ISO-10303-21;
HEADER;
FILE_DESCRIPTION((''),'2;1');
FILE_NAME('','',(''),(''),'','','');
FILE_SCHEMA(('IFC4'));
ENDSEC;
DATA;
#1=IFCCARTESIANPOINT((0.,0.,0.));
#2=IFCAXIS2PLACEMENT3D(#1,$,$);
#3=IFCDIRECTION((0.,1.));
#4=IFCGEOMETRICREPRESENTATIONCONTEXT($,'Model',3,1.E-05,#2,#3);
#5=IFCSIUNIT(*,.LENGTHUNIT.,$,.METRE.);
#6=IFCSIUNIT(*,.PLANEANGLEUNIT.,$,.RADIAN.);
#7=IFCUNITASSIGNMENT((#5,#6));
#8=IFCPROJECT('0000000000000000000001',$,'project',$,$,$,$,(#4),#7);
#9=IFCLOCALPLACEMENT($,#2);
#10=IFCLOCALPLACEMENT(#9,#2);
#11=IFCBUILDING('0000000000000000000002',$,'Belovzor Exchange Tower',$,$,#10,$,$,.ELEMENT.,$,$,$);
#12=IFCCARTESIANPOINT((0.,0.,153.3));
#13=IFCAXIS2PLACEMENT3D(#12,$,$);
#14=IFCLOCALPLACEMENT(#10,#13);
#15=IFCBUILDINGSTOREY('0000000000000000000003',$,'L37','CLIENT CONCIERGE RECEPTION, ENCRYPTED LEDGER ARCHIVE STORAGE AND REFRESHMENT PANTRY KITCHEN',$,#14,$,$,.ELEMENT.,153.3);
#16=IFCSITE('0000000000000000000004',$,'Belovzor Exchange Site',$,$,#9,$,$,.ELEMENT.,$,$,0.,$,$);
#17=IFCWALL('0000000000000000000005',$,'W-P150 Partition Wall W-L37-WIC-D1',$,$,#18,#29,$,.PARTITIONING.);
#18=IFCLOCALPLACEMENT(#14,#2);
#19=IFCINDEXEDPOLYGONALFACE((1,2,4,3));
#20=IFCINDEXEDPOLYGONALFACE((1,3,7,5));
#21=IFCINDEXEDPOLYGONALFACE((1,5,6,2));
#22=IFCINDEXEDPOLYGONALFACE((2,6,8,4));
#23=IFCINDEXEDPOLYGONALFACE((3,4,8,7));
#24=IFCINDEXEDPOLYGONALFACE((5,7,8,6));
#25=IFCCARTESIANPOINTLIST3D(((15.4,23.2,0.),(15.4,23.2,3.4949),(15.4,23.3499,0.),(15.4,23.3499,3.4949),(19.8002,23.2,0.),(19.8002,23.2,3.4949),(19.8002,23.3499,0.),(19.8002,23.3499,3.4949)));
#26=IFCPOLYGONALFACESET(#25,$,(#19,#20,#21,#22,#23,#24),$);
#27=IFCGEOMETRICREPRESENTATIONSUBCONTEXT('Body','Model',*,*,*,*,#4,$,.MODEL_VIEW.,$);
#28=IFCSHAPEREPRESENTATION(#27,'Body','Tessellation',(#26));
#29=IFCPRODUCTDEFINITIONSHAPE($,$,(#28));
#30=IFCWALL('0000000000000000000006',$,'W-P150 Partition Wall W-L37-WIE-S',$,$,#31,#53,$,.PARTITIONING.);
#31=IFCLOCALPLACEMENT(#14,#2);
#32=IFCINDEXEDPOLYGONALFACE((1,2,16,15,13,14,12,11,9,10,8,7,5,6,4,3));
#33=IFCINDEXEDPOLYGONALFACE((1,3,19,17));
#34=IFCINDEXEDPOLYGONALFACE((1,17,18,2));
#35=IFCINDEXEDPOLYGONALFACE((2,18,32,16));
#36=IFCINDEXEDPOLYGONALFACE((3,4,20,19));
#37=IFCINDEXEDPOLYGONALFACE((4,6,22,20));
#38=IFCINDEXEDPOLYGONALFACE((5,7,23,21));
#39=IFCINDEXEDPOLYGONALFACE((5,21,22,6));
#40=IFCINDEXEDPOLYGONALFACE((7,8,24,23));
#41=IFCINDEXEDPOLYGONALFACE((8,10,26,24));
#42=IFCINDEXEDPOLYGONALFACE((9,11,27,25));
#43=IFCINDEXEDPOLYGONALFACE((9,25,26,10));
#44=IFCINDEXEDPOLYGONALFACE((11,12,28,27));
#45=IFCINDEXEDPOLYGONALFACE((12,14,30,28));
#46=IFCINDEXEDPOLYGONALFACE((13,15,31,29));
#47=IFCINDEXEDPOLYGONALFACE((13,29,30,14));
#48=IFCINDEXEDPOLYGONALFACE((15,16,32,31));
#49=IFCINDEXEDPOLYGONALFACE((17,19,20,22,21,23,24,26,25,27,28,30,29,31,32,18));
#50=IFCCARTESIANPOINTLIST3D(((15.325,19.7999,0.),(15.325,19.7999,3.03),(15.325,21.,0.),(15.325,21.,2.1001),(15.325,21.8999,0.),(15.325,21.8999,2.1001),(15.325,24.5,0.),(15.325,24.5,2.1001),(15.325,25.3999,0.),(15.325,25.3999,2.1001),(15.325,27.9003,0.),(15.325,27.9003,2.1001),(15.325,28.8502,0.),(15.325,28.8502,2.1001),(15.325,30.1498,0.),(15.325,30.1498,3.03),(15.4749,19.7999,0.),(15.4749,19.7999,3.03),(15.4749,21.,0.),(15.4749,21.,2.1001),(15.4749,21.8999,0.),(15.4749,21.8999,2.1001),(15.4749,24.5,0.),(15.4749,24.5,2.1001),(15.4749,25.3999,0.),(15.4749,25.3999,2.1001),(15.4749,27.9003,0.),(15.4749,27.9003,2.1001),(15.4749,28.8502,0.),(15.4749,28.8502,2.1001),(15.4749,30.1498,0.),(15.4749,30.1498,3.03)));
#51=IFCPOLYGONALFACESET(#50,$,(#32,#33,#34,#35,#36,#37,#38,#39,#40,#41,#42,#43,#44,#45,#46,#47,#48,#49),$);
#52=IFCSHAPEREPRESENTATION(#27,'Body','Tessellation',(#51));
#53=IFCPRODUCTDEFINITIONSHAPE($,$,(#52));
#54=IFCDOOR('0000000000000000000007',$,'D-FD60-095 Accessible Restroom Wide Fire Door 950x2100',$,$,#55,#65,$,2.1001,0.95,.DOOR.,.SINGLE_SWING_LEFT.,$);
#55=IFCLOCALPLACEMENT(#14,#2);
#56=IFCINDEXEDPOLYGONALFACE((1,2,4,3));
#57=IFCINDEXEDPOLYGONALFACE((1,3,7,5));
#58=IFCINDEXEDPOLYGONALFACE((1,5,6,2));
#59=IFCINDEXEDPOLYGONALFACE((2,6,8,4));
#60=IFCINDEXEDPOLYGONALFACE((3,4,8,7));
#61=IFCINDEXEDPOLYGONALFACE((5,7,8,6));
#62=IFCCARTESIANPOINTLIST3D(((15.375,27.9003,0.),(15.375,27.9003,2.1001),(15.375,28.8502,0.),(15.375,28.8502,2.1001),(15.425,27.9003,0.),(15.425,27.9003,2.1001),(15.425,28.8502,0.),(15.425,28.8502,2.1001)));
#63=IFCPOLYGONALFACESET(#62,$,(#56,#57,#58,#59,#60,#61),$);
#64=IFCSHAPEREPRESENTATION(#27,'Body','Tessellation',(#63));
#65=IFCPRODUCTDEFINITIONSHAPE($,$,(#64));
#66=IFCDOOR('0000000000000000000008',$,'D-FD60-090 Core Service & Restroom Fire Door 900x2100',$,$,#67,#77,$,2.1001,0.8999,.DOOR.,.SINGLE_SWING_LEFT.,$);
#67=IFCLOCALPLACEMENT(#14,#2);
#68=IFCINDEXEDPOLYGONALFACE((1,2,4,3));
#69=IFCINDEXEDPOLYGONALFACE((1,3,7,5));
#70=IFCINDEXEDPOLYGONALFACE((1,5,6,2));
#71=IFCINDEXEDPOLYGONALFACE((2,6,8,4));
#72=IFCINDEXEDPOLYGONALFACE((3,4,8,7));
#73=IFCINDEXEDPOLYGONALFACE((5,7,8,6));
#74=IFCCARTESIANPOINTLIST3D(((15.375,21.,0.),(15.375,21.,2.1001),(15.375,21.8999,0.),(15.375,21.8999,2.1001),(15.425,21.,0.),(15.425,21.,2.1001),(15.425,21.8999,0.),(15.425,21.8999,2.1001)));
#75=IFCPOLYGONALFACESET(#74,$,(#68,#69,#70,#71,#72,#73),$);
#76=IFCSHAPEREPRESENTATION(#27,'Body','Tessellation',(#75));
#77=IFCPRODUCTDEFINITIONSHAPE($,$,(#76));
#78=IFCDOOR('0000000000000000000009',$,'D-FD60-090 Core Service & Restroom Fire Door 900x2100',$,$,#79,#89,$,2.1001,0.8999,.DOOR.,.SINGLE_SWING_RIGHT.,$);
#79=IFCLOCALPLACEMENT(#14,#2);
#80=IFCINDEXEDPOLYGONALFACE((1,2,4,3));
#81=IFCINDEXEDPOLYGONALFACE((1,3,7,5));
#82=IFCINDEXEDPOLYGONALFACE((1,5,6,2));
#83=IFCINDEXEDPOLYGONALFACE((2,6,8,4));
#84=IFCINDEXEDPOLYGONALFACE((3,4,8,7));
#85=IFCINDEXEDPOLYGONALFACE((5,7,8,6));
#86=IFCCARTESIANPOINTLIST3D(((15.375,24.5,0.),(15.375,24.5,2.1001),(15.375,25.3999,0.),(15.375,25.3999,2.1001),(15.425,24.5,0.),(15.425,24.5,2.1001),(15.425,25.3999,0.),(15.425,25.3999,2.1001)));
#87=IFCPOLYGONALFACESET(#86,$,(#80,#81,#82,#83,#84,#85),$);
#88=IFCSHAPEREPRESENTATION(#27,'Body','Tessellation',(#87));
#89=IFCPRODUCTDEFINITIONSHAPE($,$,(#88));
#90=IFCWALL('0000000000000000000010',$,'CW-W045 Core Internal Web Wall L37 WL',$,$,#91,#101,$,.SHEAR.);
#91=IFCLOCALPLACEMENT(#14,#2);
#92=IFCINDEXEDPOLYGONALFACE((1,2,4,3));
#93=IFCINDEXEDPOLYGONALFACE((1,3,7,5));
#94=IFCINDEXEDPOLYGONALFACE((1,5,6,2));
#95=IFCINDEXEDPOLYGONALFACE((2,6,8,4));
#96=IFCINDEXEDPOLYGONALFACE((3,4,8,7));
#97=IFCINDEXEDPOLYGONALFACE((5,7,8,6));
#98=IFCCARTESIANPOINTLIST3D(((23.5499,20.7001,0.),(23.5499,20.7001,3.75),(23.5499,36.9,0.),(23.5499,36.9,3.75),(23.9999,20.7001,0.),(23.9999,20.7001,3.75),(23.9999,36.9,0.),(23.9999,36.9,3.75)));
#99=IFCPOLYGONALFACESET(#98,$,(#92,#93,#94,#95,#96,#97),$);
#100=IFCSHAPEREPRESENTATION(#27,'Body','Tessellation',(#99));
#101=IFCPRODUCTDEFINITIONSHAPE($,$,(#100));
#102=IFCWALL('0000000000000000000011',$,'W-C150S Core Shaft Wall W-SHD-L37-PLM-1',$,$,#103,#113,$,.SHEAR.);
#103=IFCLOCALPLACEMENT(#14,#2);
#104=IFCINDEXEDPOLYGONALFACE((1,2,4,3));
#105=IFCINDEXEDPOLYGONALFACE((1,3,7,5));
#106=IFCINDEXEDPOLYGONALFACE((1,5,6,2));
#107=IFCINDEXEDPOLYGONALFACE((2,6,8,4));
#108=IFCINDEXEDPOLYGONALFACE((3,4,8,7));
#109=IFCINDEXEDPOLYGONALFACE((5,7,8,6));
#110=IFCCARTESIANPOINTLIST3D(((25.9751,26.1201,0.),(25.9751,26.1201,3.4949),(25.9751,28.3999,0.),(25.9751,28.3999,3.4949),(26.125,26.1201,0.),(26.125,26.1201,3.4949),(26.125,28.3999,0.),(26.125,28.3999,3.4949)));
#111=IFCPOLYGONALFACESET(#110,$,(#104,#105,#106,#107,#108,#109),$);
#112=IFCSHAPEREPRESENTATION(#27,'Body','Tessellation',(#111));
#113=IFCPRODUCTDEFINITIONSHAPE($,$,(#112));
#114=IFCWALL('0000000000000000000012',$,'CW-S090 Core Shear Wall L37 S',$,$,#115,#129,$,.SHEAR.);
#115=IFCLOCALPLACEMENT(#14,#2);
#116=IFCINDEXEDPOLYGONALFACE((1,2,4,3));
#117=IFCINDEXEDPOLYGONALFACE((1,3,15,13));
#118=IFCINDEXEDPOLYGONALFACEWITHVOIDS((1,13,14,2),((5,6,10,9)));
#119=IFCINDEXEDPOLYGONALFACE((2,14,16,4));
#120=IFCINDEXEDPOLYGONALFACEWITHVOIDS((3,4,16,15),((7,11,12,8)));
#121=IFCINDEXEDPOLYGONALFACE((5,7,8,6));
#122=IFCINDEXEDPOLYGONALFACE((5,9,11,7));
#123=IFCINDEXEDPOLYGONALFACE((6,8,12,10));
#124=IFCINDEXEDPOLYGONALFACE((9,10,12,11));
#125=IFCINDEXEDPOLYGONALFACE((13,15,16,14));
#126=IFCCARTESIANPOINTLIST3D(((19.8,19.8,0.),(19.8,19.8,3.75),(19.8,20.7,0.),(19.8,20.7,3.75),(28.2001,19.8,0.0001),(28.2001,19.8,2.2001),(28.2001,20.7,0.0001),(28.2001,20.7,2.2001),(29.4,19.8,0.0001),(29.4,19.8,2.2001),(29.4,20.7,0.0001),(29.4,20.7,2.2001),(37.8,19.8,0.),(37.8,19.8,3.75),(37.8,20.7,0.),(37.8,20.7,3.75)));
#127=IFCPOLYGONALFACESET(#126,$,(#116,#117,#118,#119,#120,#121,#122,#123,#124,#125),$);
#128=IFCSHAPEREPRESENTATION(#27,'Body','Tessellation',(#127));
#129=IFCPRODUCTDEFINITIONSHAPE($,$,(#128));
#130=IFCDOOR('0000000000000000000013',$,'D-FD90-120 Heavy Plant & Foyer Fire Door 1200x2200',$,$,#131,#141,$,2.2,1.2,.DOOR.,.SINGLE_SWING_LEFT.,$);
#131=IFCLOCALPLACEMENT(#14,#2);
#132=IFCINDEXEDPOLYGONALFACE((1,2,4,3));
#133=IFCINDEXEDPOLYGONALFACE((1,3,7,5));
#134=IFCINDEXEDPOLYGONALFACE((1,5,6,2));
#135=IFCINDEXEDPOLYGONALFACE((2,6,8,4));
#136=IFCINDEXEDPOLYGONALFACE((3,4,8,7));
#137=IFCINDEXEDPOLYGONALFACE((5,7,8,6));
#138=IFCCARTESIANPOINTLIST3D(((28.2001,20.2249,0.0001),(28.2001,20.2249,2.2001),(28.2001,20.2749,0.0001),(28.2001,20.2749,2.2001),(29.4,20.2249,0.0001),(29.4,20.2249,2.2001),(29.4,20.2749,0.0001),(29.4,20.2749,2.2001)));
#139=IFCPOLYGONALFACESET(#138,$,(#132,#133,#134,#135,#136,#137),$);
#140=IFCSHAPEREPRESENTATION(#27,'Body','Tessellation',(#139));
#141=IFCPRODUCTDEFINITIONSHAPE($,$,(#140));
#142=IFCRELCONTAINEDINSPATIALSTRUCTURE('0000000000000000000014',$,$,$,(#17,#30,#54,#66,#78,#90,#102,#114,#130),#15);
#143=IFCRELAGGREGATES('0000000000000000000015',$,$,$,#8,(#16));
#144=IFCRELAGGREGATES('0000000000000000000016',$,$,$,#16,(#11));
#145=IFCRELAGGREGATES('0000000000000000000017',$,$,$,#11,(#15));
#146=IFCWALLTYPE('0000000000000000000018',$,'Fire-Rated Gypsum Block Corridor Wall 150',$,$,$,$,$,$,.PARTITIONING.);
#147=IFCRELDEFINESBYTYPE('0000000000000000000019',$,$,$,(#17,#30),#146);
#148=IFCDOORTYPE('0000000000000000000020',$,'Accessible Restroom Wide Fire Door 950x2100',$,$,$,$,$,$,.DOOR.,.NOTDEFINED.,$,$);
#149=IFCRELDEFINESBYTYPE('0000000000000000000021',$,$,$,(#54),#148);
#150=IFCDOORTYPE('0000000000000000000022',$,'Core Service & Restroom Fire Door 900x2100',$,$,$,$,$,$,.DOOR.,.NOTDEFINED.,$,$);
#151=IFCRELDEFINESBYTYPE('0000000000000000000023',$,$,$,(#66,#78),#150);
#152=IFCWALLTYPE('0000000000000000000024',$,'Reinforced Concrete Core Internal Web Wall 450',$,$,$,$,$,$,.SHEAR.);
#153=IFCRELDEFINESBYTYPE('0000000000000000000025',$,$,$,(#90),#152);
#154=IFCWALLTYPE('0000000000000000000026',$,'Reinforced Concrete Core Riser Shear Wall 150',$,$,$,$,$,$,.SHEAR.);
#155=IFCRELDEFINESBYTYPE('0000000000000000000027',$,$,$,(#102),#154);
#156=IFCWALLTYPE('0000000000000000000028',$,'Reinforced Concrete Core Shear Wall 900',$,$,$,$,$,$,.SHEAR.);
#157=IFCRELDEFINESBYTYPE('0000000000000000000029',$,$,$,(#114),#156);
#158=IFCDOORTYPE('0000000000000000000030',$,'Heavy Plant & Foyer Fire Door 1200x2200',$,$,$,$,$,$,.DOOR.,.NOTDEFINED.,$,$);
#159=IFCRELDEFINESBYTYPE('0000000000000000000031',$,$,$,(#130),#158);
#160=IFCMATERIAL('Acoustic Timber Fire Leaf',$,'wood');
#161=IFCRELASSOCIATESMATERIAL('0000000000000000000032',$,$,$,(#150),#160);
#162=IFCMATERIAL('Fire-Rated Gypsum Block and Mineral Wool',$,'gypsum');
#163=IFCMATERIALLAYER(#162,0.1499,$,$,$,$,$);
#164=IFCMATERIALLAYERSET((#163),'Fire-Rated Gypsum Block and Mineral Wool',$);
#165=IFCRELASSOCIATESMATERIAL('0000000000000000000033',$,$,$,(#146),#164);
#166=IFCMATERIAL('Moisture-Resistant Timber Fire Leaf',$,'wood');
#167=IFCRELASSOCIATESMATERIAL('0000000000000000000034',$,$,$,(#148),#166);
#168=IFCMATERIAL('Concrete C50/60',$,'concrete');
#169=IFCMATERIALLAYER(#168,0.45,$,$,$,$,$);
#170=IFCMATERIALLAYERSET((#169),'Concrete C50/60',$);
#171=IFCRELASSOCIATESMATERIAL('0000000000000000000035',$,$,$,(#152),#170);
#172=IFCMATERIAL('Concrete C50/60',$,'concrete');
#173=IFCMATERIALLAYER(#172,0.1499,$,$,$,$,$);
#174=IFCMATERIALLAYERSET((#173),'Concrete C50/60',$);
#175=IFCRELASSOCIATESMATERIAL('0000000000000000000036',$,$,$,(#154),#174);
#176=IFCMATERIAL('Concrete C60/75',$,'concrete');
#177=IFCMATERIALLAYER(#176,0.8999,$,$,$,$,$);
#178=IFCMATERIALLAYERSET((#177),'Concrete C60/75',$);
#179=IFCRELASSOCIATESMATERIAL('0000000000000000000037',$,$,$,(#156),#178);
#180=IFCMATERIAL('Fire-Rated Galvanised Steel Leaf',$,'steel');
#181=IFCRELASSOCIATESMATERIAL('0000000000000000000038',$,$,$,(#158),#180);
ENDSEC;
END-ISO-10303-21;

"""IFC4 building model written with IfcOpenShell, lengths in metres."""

from ifc_helpers import new_model, si_unit, direction, frame, frame_2d, origin, place, context, subcontext, project, spatial, rectangle, extrude, material, layer, layer_set, type_object, element, fill, save


model = new_model("IFC4")

# Units and contexts
model_context = context("Model", 3, precision=1e-05, world=origin(), true_north=direction((0.0, 1.0)))
body_context = subcontext(model_context, "Body", "Model", "MODEL_VIEW")
ifc_project = project(units=[si_unit("LENGTHUNIT", "METRE"), si_unit("PLANEANGLEUNIT", "RADIAN")], contexts=[model_context])

# Site, building, storey
site_placement = place(None, origin())
site = spatial("IfcSite", under=ifc_project, at=site_placement, Name="Belovzor Exchange Site", CompositionType="ELEMENT", RefElevation=0.0)
building_placement = place(site_placement, origin())
building = spatial("IfcBuilding", under=site, at=building_placement, Name="Belovzor Exchange Tower", CompositionType="ELEMENT")
storey_placement = place(building_placement, frame((0.0, 0.0, 153.3)))
storey = spatial("IfcBuildingStorey", under=building, at=storey_placement, Name="L37", Description="CLIENT CONCIERGE RECEPTION, ENCRYPTED LEDGER ARCHIVE STORAGE AND REFRESHMENT PANTRY KITCHEN", CompositionType="ELEMENT", Elevation=153.3)

# Shared definitions
ifc_material_1 = material(Name="Acoustic Timber Fire Leaf", Category="wood")
door_type_1 = type_object("IfcDoorType", Name="Core Service & Restroom Fire Door 900x2100", OperationType="NOTDEFINED", PredefinedType="DOOR", material=ifc_material_1)

# Wall
ifc_material_2 = material(Name="Fire-Rated Gypsum Block and Mineral Wool", Category="gypsum")
ifc_layer_1 = layer(ifc_material_2, 0.1499)
ifc_layer_set_1 = layer_set([ifc_layer_1], Name="Fire-Rated Gypsum Block and Mineral Wool")
wall_type_1 = type_object("IfcWallType", Name="Fire-Rated Gypsum Block Corridor Wall 150", PredefinedType="PARTITIONING", material=ifc_layer_set_1)
wall_1_placement = place(storey_placement, frame((15.3999, 23.2749, 0.0), z_axis=(0.0, 0.0, 1.0), x_axis=(1.0, 0.0, 0.0)))
element("IfcWall", 1, at=wall_1_placement, inside=storey, type_object=wall_type_1, Name="W-P150 Partition Wall W-L37-WIC-D1", PredefinedType="PARTITIONING", context=body_context, shape_type="SweptSolid", body=[
    extrude(rectangle(XDim=4.4001, YDim=0.1499, at=frame_2d((2.2002, 0.0))), origin(), (0.0, 0.0, 1.0), 3.4949),
])

# Wall, openings, doors
wall_2_placement = place(storey_placement, frame((15.3999, 19.8, 0.0), z_axis=(0.0, 0.0, 1.0), x_axis=(0.0, 1.0, 0.0)))
wall_2 = element("IfcWall", 2, at=wall_2_placement, inside=storey, type_object=wall_type_1, Name="W-P150 Partition Wall W-L37-WIE-S", PredefinedType="PARTITIONING", context=body_context, shape_type="SweptSolid", body=[
    extrude(rectangle(XDim=10.3499, YDim=0.1499, at=frame_2d((5.1748, 0.0))), origin(), (0.0, 0.0, 1.0), 3.03),
])
opening_1_placement = place(wall_2_placement, frame((1.2, 0.0, 0.0)))
opening_1 = element("IfcOpeningElement", 3, at=opening_1_placement, cuts=wall_2, PredefinedType="OPENING", context=body_context, shape_type="SweptSolid", body=[
    extrude(rectangle(XDim=0.8999, YDim=2.1001, at=frame_2d((0.45, 1.05))), frame((0.0, 0.085, 0.0), z_axis=(0.0, -1.0, 0.0), x_axis=(1.0, 0.0, 0.0)), (0.0, 0.0, 1.0), 0.1699),
])
opening_2_placement = place(wall_2_placement, frame((4.7, 0.0, 0.0)))
opening_2 = element("IfcOpeningElement", 4, at=opening_2_placement, cuts=wall_2, PredefinedType="OPENING", context=body_context, shape_type="SweptSolid", body=[
    extrude(rectangle(XDim=0.8999, YDim=2.1001, at=frame_2d((0.45, 1.05))), frame((0.0, 0.085, 0.0), z_axis=(0.0, -1.0, 0.0), x_axis=(1.0, 0.0, 0.0)), (0.0, 0.0, 1.0), 0.1699),
])
opening_3_placement = place(wall_2_placement, frame((8.1001, 0.0, 0.0)))
opening_3 = element("IfcOpeningElement", 5, at=opening_3_placement, cuts=wall_2, PredefinedType="OPENING", context=body_context, shape_type="SweptSolid", body=[
    extrude(rectangle(XDim=0.95, YDim=2.1001, at=frame_2d((0.4751, 1.05))), frame((0.0, 0.085, 0.0), z_axis=(0.0, -1.0, 0.0), x_axis=(1.0, 0.0, 0.0)), (0.0, 0.0, 1.0), 0.1699),
])
ifc_material_3 = material(Name="Moisture-Resistant Timber Fire Leaf", Category="wood")
door_type_2 = type_object("IfcDoorType", Name="Accessible Restroom Wide Fire Door 950x2100", OperationType="NOTDEFINED", PredefinedType="DOOR", material=ifc_material_3)
door_1_placement = place(opening_3_placement, origin())
door_1 = element("IfcDoor", 6, at=door_1_placement, inside=storey, type_object=door_type_2, Name="D-FD60-095 Accessible Restroom Wide Fire Door 950x2100", OperationType="SINGLE_SWING_LEFT", OverallHeight=2.1001, OverallWidth=0.95, PredefinedType="DOOR", context=body_context, shape_type="SweptSolid", body=[
    extrude(rectangle(XDim=0.95, YDim=2.1001, at=frame_2d((0.4751, 1.05))), frame((0.0, 0.0249, 0.0), z_axis=(0.0, -1.0, 0.0), x_axis=(1.0, 0.0, 0.0)), (0.0, 0.0, 1.0), 0.05),
])
fill(opening_3, door_1)
door_2_placement = place(opening_1_placement, origin())
door_2 = element("IfcDoor", 7, at=door_2_placement, inside=storey, type_object=door_type_1, Name="D-FD60-090 Core Service & Restroom Fire Door 900x2100", OperationType="SINGLE_SWING_LEFT", OverallHeight=2.1001, OverallWidth=0.8999, PredefinedType="DOOR", context=body_context, shape_type="SweptSolid", body=[
    extrude(rectangle(XDim=0.8999, YDim=2.1001, at=frame_2d((0.45, 1.05))), frame((0.0, 0.0249, 0.0), z_axis=(0.0, -1.0, 0.0), x_axis=(1.0, 0.0, 0.0)), (0.0, 0.0, 1.0), 0.05),
])
fill(opening_1, door_2)
door_3_placement = place(opening_2_placement, origin())
door_3 = element("IfcDoor", 8, at=door_3_placement, inside=storey, type_object=door_type_1, Name="D-FD60-090 Core Service & Restroom Fire Door 900x2100", OperationType="SINGLE_SWING_RIGHT", OverallHeight=2.1001, OverallWidth=0.8999, PredefinedType="DOOR", context=body_context, shape_type="SweptSolid", body=[
    extrude(rectangle(XDim=0.8999, YDim=2.1001, at=frame_2d((0.45, 1.05))), frame((0.0, 0.0249, 0.0), z_axis=(0.0, -1.0, 0.0), x_axis=(1.0, 0.0, 0.0)), (0.0, 0.0, 1.0), 0.05),
])
fill(opening_2, door_3)

# Walls
ifc_material_4 = material(Name="Concrete C50/60", Category="concrete")
ifc_layer_2 = layer(ifc_material_4, 0.45)
ifc_layer_set_2 = layer_set([ifc_layer_2], Name="Concrete C50/60")
wall_type_2 = type_object("IfcWallType", Name="Reinforced Concrete Core Internal Web Wall 450", PredefinedType="SHEAR", material=ifc_layer_set_2)
wall_3_placement = place(storey_placement, frame((23.7749, 20.7, 0.0), z_axis=(0.0, 0.0, 1.0), x_axis=(0.0, 1.0, 0.0)))
element("IfcWall", 9, at=wall_3_placement, inside=storey, type_object=wall_type_2, Name="CW-W045 Core Internal Web Wall L37 WL", PredefinedType="SHEAR", context=body_context, shape_type="SweptSolid", body=[
    extrude(rectangle(XDim=16.2, YDim=0.45, at=frame_2d((8.1001, 0.0))), origin(), (0.0, 0.0, 1.0), 3.75),
])
ifc_material_5 = material(Name="Concrete C50/60", Category="concrete")
ifc_layer_3 = layer(ifc_material_5, 0.1499)
ifc_layer_set_3 = layer_set([ifc_layer_3], Name="Concrete C50/60")
wall_type_3 = type_object("IfcWallType", Name="Reinforced Concrete Core Riser Shear Wall 150", PredefinedType="SHEAR", material=ifc_layer_set_3)
wall_4_placement = place(storey_placement, frame((26.05, 26.1201, 0.0), z_axis=(0.0, 0.0, 1.0), x_axis=(0.0, 1.0, 0.0)))
element("IfcWall", 10, at=wall_4_placement, inside=storey, type_object=wall_type_3, Name="W-C150S Core Shaft Wall W-SHD-L37-PLM-1", PredefinedType="SHEAR", context=body_context, shape_type="SweptSolid", body=[
    extrude(rectangle(XDim=2.2798, YDim=0.1499, at=frame_2d((1.1399, 0.0))), origin(), (0.0, 0.0, 1.0), 3.4949),
])

# Wall, opening, door
ifc_material_6 = material(Name="Concrete C60/75", Category="concrete")
ifc_layer_4 = layer(ifc_material_6, 0.8999)
ifc_layer_set_4 = layer_set([ifc_layer_4], Name="Concrete C60/75")
wall_type_4 = type_object("IfcWallType", Name="Reinforced Concrete Core Shear Wall 900", PredefinedType="SHEAR", material=ifc_layer_set_4)
wall_5_placement = place(storey_placement, frame((19.8, 20.25, 0.0), z_axis=(0.0, 0.0, 1.0), x_axis=(1.0, 0.0, 0.0)))
wall_5 = element("IfcWall", 11, at=wall_5_placement, inside=storey, type_object=wall_type_4, Name="CW-S090 Core Shear Wall L37 S", PredefinedType="SHEAR", context=body_context, shape_type="SweptSolid", body=[
    extrude(rectangle(XDim=18.0, YDim=0.8999, at=frame_2d((9.0, 0.0))), origin(), (0.0, 0.0, 1.0), 3.75),
])
opening_4_placement = place(wall_5_placement, frame((8.3999, 0.0, 0.0)))
opening_4 = element("IfcOpeningElement", 12, at=opening_4_placement, cuts=wall_5, PredefinedType="OPENING", context=body_context, shape_type="SweptSolid", body=[
    extrude(rectangle(XDim=1.2, YDim=2.2, at=frame_2d((0.6001, 1.1001))), frame((0.0, 0.46, 0.0), z_axis=(0.0, -1.0, 0.0), x_axis=(1.0, 0.0, 0.0)), (0.0, 0.0, 1.0), 0.9199),
])
ifc_material_7 = material(Name="Fire-Rated Galvanised Steel Leaf", Category="steel")
door_type_3 = type_object("IfcDoorType", Name="Heavy Plant & Foyer Fire Door 1200x2200", OperationType="NOTDEFINED", PredefinedType="DOOR", material=ifc_material_7)
door_4_placement = place(opening_4_placement, origin())
door_4 = element("IfcDoor", 13, at=door_4_placement, inside=storey, type_object=door_type_3, Name="D-FD90-120 Heavy Plant & Foyer Fire Door 1200x2200", OperationType="SINGLE_SWING_LEFT", OverallHeight=2.2, OverallWidth=1.2, PredefinedType="DOOR", context=body_context, shape_type="SweptSolid", body=[
    extrude(rectangle(XDim=1.2, YDim=2.2, at=frame_2d((0.6001, 1.1001))), frame((0.0, 0.0249, 0.0), z_axis=(0.0, -1.0, 0.0), x_axis=(1.0, 0.0, 0.0)), (0.0, 0.0, 1.0), 0.05),
])
fill(opening_4, door_4)

save(model, "model.ifc")
